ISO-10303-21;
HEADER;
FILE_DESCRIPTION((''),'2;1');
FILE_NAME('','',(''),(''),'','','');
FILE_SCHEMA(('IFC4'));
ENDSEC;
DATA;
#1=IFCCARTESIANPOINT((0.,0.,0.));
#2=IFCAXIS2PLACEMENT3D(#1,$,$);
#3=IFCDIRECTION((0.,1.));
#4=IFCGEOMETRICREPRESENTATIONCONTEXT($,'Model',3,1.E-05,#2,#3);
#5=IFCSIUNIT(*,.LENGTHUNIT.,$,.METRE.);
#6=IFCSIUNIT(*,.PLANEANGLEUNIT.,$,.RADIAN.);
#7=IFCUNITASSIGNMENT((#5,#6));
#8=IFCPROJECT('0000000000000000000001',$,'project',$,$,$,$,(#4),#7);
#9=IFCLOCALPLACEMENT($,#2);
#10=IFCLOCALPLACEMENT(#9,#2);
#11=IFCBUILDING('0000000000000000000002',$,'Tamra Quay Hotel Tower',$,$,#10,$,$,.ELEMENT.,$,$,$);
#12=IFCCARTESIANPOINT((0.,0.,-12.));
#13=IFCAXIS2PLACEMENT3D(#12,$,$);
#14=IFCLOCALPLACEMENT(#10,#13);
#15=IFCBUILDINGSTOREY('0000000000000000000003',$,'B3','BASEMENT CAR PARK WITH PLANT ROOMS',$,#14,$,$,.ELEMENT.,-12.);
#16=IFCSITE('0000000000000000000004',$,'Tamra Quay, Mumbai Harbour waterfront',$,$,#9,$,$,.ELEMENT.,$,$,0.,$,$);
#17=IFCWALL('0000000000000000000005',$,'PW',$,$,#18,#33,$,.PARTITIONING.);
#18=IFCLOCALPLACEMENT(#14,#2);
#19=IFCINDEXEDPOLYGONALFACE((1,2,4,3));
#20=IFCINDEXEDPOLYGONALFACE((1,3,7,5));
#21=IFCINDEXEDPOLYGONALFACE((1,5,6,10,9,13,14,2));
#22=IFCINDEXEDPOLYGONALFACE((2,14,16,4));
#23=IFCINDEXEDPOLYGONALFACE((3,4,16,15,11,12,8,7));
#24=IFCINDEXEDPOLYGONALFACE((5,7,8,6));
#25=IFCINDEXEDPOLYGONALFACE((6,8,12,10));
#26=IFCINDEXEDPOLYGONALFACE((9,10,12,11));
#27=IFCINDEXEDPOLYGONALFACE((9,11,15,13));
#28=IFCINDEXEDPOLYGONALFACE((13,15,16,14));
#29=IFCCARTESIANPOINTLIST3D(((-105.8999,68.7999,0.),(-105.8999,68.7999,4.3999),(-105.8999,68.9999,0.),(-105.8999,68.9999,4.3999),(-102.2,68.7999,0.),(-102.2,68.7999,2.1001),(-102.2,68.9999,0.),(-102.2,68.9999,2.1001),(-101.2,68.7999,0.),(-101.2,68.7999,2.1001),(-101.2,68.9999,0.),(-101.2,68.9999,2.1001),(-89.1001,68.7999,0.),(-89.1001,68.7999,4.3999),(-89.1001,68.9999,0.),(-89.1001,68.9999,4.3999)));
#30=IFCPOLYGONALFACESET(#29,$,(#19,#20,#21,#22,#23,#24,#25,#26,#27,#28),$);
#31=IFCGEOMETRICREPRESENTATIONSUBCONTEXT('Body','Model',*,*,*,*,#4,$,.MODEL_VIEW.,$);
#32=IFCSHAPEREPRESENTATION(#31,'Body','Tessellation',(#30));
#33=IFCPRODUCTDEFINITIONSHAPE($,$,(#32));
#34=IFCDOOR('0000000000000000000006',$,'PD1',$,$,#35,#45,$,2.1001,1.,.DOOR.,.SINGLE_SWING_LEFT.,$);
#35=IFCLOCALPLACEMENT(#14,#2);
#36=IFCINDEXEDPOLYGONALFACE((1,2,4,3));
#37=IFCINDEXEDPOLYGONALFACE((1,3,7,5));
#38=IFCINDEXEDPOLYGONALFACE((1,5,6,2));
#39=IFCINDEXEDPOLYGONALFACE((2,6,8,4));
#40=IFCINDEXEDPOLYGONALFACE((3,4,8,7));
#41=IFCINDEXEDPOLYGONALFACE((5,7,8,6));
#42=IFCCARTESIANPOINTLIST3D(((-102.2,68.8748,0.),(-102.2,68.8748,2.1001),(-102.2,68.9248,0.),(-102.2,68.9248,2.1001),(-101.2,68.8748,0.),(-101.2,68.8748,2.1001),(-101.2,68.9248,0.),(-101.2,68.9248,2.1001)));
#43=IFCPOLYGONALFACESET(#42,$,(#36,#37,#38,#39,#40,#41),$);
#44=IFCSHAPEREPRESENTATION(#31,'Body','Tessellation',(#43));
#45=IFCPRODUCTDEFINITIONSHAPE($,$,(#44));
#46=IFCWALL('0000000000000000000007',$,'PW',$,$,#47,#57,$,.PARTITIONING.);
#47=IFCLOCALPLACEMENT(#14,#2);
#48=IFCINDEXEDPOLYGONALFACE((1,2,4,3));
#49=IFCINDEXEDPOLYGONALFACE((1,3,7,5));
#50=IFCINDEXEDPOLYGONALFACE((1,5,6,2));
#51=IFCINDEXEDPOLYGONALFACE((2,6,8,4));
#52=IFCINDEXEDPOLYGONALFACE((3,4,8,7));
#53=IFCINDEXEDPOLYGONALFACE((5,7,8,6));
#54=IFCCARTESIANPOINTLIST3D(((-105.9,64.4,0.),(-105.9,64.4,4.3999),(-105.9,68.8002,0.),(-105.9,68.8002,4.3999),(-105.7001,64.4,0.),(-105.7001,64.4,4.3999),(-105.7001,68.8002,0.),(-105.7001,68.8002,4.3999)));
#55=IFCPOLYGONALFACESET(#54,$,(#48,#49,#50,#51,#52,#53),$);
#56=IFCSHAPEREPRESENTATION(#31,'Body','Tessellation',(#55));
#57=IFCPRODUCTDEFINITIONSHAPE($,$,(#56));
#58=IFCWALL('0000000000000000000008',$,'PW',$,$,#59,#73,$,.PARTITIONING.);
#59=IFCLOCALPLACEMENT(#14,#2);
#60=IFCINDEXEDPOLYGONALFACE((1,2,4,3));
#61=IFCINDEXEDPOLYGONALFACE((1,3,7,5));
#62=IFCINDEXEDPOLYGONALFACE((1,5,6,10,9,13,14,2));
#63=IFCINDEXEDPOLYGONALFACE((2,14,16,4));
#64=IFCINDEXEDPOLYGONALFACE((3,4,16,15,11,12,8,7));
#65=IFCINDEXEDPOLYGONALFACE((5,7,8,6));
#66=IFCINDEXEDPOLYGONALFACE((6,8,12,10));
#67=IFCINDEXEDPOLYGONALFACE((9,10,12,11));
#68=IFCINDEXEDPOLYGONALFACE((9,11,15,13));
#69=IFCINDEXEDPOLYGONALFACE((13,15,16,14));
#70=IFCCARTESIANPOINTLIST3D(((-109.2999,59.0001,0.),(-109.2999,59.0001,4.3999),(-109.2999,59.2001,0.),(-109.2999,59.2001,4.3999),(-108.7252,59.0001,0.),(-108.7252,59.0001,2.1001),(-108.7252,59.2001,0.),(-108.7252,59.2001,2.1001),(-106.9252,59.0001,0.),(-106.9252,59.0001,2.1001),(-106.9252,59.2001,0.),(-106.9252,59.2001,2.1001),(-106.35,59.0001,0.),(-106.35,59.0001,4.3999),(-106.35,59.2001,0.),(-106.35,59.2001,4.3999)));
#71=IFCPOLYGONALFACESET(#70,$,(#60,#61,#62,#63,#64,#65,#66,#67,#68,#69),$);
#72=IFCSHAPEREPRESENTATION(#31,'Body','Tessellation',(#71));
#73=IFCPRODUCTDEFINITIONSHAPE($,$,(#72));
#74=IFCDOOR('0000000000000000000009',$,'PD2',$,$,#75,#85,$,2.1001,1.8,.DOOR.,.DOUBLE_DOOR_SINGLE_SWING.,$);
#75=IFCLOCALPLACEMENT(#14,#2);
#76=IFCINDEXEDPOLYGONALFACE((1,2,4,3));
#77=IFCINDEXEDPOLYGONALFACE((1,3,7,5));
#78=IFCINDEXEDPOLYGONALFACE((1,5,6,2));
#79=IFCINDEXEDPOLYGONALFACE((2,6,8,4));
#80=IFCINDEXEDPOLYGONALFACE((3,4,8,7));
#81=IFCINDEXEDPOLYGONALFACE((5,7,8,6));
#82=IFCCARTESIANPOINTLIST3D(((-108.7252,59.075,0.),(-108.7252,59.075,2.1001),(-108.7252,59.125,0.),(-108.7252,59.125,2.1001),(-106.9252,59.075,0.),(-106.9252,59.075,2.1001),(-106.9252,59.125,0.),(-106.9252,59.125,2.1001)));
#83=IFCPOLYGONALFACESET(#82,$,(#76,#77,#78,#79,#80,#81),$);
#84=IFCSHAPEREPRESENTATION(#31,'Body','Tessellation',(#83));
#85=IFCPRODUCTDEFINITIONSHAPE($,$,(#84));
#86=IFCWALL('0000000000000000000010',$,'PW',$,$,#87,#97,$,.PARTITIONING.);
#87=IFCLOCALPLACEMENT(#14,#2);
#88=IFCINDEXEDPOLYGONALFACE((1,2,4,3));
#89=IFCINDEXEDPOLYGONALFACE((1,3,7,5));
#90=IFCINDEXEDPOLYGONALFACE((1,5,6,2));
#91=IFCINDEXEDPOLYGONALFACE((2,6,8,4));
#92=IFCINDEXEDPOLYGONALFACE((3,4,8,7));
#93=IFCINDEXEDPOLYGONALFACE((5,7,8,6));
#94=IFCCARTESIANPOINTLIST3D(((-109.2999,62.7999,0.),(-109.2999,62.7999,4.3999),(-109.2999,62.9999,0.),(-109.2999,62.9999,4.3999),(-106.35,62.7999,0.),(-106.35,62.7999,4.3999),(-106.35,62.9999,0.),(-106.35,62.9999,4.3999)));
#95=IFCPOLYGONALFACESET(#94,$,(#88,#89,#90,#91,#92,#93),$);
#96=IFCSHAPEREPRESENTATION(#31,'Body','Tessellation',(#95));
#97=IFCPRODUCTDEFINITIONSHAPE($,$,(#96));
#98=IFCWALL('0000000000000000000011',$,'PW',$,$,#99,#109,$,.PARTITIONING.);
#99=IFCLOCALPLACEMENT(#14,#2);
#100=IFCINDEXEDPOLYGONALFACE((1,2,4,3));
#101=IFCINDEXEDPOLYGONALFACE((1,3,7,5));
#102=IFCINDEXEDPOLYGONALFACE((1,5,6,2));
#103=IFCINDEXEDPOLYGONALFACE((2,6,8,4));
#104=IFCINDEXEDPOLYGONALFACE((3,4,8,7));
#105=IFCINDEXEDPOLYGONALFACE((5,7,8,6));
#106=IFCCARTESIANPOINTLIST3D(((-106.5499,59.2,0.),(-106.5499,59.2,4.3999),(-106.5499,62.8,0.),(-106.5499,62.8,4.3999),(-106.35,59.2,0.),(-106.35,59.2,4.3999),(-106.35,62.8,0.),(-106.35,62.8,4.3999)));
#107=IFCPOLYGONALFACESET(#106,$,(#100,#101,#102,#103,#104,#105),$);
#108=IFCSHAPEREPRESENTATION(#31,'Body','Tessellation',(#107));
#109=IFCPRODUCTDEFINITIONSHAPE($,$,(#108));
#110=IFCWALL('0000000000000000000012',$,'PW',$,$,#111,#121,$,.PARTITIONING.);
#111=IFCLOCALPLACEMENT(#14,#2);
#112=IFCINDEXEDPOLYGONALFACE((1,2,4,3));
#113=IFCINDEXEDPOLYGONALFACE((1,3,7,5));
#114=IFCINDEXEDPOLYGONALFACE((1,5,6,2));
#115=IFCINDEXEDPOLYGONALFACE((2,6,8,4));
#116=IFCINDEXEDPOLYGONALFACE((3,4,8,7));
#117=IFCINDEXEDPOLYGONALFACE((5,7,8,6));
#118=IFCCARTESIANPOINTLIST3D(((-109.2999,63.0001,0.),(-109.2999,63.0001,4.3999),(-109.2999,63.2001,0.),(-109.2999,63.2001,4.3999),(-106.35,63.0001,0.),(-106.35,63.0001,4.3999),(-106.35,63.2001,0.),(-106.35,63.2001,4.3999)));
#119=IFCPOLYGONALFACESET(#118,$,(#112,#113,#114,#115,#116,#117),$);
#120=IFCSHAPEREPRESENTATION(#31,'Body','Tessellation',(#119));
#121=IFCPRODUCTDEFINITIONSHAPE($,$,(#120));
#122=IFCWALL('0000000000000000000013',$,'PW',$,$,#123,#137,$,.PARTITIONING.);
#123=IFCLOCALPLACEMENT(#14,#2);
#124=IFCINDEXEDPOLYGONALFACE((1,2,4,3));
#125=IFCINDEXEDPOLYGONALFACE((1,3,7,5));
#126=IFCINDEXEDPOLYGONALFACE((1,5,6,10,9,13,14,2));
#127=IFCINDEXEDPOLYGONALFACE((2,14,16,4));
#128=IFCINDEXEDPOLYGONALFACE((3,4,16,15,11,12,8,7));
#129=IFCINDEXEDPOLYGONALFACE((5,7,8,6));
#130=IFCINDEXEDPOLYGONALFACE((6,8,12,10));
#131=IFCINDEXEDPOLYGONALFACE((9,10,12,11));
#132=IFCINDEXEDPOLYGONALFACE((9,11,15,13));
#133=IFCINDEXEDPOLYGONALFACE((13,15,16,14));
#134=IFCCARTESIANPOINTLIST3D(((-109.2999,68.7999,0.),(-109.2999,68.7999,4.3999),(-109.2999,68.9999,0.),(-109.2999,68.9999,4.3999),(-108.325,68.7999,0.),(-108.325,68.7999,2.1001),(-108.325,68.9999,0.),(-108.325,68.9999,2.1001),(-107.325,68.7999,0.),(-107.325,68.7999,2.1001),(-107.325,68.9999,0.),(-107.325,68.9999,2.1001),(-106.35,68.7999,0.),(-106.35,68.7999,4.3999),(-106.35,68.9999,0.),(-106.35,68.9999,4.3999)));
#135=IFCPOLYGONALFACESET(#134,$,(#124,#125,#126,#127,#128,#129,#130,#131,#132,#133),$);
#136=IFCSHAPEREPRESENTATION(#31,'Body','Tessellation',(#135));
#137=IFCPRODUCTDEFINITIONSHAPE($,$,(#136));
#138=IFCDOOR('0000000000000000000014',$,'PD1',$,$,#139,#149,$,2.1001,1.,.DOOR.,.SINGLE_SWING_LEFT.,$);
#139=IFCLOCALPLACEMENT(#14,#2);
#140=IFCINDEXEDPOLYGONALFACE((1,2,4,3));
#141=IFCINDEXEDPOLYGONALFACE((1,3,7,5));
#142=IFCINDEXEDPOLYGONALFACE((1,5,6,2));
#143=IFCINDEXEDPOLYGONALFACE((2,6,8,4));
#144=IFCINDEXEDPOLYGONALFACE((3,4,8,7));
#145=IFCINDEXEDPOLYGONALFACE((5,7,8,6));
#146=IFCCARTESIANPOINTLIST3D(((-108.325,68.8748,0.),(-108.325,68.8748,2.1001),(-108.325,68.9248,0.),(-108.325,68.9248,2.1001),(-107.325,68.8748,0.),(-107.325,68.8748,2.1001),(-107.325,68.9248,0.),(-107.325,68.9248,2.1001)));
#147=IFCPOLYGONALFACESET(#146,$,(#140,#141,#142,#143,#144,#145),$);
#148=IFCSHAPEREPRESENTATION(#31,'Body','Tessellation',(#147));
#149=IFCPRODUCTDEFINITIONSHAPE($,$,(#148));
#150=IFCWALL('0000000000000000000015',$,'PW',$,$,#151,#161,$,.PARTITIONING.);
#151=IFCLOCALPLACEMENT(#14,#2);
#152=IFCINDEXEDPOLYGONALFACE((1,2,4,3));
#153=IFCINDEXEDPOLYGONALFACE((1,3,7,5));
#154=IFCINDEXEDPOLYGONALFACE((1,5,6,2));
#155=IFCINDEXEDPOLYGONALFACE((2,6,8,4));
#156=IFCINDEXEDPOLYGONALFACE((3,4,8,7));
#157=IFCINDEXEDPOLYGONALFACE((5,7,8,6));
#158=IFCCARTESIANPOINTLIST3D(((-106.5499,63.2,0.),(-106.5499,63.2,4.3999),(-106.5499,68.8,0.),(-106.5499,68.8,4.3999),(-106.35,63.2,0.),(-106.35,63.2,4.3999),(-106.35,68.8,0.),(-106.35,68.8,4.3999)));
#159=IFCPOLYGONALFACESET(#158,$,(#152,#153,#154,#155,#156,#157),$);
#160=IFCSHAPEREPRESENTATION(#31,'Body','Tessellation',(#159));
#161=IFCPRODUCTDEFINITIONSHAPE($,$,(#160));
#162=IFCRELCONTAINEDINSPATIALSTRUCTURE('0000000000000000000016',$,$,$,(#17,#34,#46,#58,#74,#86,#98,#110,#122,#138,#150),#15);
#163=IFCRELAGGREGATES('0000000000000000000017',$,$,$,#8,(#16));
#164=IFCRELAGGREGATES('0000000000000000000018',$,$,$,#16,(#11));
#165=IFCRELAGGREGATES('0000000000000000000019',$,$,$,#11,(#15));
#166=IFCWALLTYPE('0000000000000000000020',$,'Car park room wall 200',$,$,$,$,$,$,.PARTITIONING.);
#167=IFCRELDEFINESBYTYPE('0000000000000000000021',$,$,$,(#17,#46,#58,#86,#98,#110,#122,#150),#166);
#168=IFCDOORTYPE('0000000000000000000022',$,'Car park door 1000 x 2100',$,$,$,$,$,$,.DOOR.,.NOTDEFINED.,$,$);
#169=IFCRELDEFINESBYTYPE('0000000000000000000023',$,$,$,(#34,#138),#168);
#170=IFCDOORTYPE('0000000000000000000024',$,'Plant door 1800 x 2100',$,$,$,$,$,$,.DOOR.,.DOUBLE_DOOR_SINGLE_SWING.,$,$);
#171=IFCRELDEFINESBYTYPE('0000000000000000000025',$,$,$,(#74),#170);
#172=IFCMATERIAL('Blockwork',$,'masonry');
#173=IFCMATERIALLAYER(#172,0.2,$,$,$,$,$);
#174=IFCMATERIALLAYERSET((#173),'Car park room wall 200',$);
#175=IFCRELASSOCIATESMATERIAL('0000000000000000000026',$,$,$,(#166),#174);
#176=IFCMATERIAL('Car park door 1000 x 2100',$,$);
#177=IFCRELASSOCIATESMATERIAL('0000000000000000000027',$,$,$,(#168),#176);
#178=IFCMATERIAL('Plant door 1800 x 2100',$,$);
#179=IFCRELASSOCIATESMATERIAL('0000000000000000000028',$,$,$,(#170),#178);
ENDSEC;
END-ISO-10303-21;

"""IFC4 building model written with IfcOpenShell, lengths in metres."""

from ifc_helpers import new_model, si_unit, direction, frame, frame_2d, origin, place, context, subcontext, project, spatial, rectangle, extrude, material, layer, layer_set, type_object, element, fill, save


model = new_model("IFC4")

# Units and contexts
model_context = context("Model", 3, precision=1e-05, world=origin(), true_north=direction((0.0, 1.0)))
body_context = subcontext(model_context, "Body", "Model", "MODEL_VIEW")
ifc_project = project(units=[si_unit("LENGTHUNIT", "METRE"), si_unit("PLANEANGLEUNIT", "RADIAN")], contexts=[model_context])

# Site, building, storey
site_placement = place(None, origin())
site = spatial("IfcSite", under=ifc_project, at=site_placement, Name="Tamra Quay, Mumbai Harbour waterfront", CompositionType="ELEMENT", RefElevation=0.0)
building_placement = place(site_placement, origin())
building = spatial("IfcBuilding", under=site, at=building_placement, Name="Tamra Quay Hotel Tower", CompositionType="ELEMENT")
storey_placement = place(building_placement, frame((0.0, 0.0, -12.0)))
storey = spatial("IfcBuildingStorey", under=building, at=storey_placement, Name="B3", Description="BASEMENT CAR PARK WITH PLANT ROOMS", CompositionType="ELEMENT", Elevation=-12.0)

# Shared definitions
ifc_material_1 = material(Name="Blockwork", Category="masonry")
ifc_layer_1 = layer(ifc_material_1, 0.2)
ifc_layer_set_1 = layer_set([ifc_layer_1], Name="Car park room wall 200")
wall_type_1 = type_object("IfcWallType", Name="Car park room wall 200", PredefinedType="PARTITIONING", material=ifc_layer_set_1)

# Wall, opening, door
wall_1_placement = place(storey_placement, frame((-105.8999, 68.8999, 0.0), z_axis=(0.0, 0.0, 1.0), x_axis=(1.0, 0.0, 0.0)))
wall_1 = element("IfcWall", 1, at=wall_1_placement, inside=storey, type_object=wall_type_1, Name="PW", PredefinedType="PARTITIONING", context=body_context, shape_type="SweptSolid", body=[
    extrude(rectangle(XDim=16.7998, YDim=0.2, at=frame_2d((8.3999, 0.0))), origin(), (0.0, 0.0, 1.0), 4.3999),
])
opening_1_placement = place(wall_1_placement, frame((3.7, 0.0, 0.0)))
opening_1 = element("IfcOpeningElement", 2, at=opening_1_placement, cuts=wall_1, PredefinedType="OPENING", context=body_context, shape_type="SweptSolid", body=[
    extrude(rectangle(XDim=1.0, YDim=2.1001, at=frame_2d((0.5, 1.05))), frame((0.0, 0.1099, 0.0), z_axis=(0.0, -1.0, 0.0), x_axis=(1.0, 0.0, 0.0)), (0.0, 0.0, 1.0), 0.22),
])
ifc_material_2 = material(Name="Car park door 1000 x 2100")
door_type_1 = type_object("IfcDoorType", Name="Car park door 1000 x 2100", OperationType="NOTDEFINED", PredefinedType="DOOR", material=ifc_material_2)
door_1_placement = place(opening_1_placement, origin())
door_1 = element("IfcDoor", 3, at=door_1_placement, inside=storey, type_object=door_type_1, Name="PD1", OperationType="SINGLE_SWING_LEFT", OverallHeight=2.1001, OverallWidth=1.0, PredefinedType="DOOR", context=body_context, shape_type="SweptSolid", body=[
    extrude(rectangle(XDim=1.0, YDim=2.1001, at=frame_2d((0.5, 1.05))), frame((0.0, 0.0249, 0.0), z_axis=(0.0, -1.0, 0.0), x_axis=(1.0, 0.0, 0.0)), (0.0, 0.0, 1.0), 0.05),
])
fill(opening_1, door_1)

# Wall
wall_2_placement = place(storey_placement, frame((-105.8, 64.3999, 0.0), z_axis=(0.0, 0.0, 1.0), x_axis=(0.0, 1.0, 0.0)))
element("IfcWall", 4, at=wall_2_placement, inside=storey, type_object=wall_type_1, Name="PW", PredefinedType="PARTITIONING", context=body_context, shape_type="SweptSolid", body=[
    extrude(rectangle(XDim=4.4001, YDim=0.2, at=frame_2d((2.2002, 0.0))), origin(), (0.0, 0.0, 1.0), 4.3999),
])

# Wall, opening, door
wall_3_placement = place(storey_placement, frame((-109.3, 59.1001, 0.0), z_axis=(0.0, 0.0, 1.0), x_axis=(1.0, 0.0, 0.0)))
wall_3 = element("IfcWall", 5, at=wall_3_placement, inside=storey, type_object=wall_type_1, Name="PW", PredefinedType="PARTITIONING", context=body_context, shape_type="SweptSolid", body=[
    extrude(rectangle(XDim=2.95, YDim=0.2, at=frame_2d((1.4751, 0.0))), origin(), (0.0, 0.0, 1.0), 4.3999),
])
opening_2_placement = place(wall_3_placement, frame((0.575, 0.0, 0.0)))
opening_2 = element("IfcOpeningElement", 6, at=opening_2_placement, cuts=wall_3, PredefinedType="OPENING", context=body_context, shape_type="SweptSolid", body=[
    extrude(rectangle(XDim=1.8, YDim=2.1001, at=frame_2d((0.8999, 1.05))), frame((0.0, 0.1099, 0.0), z_axis=(0.0, -1.0, 0.0), x_axis=(1.0, 0.0, 0.0)), (0.0, 0.0, 1.0), 0.22),
])
ifc_material_3 = material(Name="Plant door 1800 x 2100")
door_type_2 = type_object("IfcDoorType", Name="Plant door 1800 x 2100", OperationType="DOUBLE_DOOR_SINGLE_SWING", PredefinedType="DOOR", material=ifc_material_3)
door_2_placement = place(opening_2_placement, origin())
door_2 = element("IfcDoor", 7, at=door_2_placement, inside=storey, type_object=door_type_2, Name="PD2", OperationType="DOUBLE_DOOR_SINGLE_SWING", OverallHeight=2.1001, OverallWidth=1.8, PredefinedType="DOOR", context=body_context, shape_type="SweptSolid", body=[
    extrude(rectangle(XDim=1.8, YDim=2.1001, at=frame_2d((0.8999, 1.05))), frame((0.0, 0.0249, 0.0), z_axis=(0.0, -1.0, 0.0), x_axis=(1.0, 0.0, 0.0)), (0.0, 0.0, 1.0), 0.05),
])
fill(opening_2, door_2)

# Walls
wall_4_placement = place(storey_placement, frame((-109.3, 62.8999, 0.0), z_axis=(0.0, 0.0, 1.0), x_axis=(1.0, 0.0, 0.0)))
element("IfcWall", 8, at=wall_4_placement, inside=storey, type_object=wall_type_1, Name="PW", PredefinedType="PARTITIONING", context=body_context, shape_type="SweptSolid", body=[
    extrude(rectangle(XDim=2.95, YDim=0.2, at=frame_2d((1.4751, 0.0))), origin(), (0.0, 0.0, 1.0), 4.3999),
])
wall_5_placement = place(storey_placement, frame((-106.45, 59.2, 0.0), z_axis=(0.0, 0.0, 1.0), x_axis=(0.0, 1.0, 0.0)))
element("IfcWall", 9, at=wall_5_placement, inside=storey, type_object=wall_type_1, Name="PW", PredefinedType="PARTITIONING", context=body_context, shape_type="SweptSolid", body=[
    extrude(rectangle(XDim=3.6001, YDim=0.2, at=frame_2d((1.8, 0.0))), origin(), (0.0, 0.0, 1.0), 4.3999),
])
wall_6_placement = place(storey_placement, frame((-109.3, 63.1001, 0.0), z_axis=(0.0, 0.0, 1.0), x_axis=(1.0, 0.0, 0.0)))
element("IfcWall", 10, at=wall_6_placement, inside=storey, type_object=wall_type_1, Name="PW", PredefinedType="PARTITIONING", context=body_context, shape_type="SweptSolid", body=[
    extrude(rectangle(XDim=2.95, YDim=0.2, at=frame_2d((1.4751, 0.0))), origin(), (0.0, 0.0, 1.0), 4.3999),
])

# Wall, opening, door
wall_7_placement = place(storey_placement, frame((-109.3, 68.8999, 0.0), z_axis=(0.0, 0.0, 1.0), x_axis=(1.0, 0.0, 0.0)))
wall_7 = element("IfcWall", 11, at=wall_7_placement, inside=storey, type_object=wall_type_1, Name="PW", PredefinedType="PARTITIONING", context=body_context, shape_type="SweptSolid", body=[
    extrude(rectangle(XDim=2.95, YDim=0.2, at=frame_2d((1.4751, 0.0))), origin(), (0.0, 0.0, 1.0), 4.3999),
])
opening_3_placement = place(wall_7_placement, frame((0.9751, 0.0, 0.0)))
opening_3 = element("IfcOpeningElement", 12, at=opening_3_placement, cuts=wall_7, PredefinedType="OPENING", context=body_context, shape_type="SweptSolid", body=[
    extrude(rectangle(XDim=1.0, YDim=2.1001, at=frame_2d((0.5, 1.05))), frame((0.0, 0.1099, 0.0), z_axis=(0.0, -1.0, 0.0), x_axis=(1.0, 0.0, 0.0)), (0.0, 0.0, 1.0), 0.22),
])
door_3_placement = place(opening_3_placement, origin())
door_3 = element("IfcDoor", 13, at=door_3_placement, inside=storey, type_object=door_type_1, Name="PD1", OperationType="SINGLE_SWING_LEFT", OverallHeight=2.1001, OverallWidth=1.0, PredefinedType="DOOR", context=body_context, shape_type="SweptSolid", body=[
    extrude(rectangle(XDim=1.0, YDim=2.1001, at=frame_2d((0.5, 1.05))), frame((0.0, 0.0249, 0.0), z_axis=(0.0, -1.0, 0.0), x_axis=(1.0, 0.0, 0.0)), (0.0, 0.0, 1.0), 0.05),
])
fill(opening_3, door_3)

# Wall
wall_8_placement = place(storey_placement, frame((-106.45, 63.2, 0.0), z_axis=(0.0, 0.0, 1.0), x_axis=(0.0, 1.0, 0.0)))
element("IfcWall", 14, at=wall_8_placement, inside=storey, type_object=wall_type_1, Name="PW", PredefinedType="PARTITIONING", context=body_context, shape_type="SweptSolid", body=[
    extrude(rectangle(XDim=5.6001, YDim=0.2, at=frame_2d((2.8, 0.0))), origin(), (0.0, 0.0, 1.0), 4.3999),
])

save(model, "model.ifc")
